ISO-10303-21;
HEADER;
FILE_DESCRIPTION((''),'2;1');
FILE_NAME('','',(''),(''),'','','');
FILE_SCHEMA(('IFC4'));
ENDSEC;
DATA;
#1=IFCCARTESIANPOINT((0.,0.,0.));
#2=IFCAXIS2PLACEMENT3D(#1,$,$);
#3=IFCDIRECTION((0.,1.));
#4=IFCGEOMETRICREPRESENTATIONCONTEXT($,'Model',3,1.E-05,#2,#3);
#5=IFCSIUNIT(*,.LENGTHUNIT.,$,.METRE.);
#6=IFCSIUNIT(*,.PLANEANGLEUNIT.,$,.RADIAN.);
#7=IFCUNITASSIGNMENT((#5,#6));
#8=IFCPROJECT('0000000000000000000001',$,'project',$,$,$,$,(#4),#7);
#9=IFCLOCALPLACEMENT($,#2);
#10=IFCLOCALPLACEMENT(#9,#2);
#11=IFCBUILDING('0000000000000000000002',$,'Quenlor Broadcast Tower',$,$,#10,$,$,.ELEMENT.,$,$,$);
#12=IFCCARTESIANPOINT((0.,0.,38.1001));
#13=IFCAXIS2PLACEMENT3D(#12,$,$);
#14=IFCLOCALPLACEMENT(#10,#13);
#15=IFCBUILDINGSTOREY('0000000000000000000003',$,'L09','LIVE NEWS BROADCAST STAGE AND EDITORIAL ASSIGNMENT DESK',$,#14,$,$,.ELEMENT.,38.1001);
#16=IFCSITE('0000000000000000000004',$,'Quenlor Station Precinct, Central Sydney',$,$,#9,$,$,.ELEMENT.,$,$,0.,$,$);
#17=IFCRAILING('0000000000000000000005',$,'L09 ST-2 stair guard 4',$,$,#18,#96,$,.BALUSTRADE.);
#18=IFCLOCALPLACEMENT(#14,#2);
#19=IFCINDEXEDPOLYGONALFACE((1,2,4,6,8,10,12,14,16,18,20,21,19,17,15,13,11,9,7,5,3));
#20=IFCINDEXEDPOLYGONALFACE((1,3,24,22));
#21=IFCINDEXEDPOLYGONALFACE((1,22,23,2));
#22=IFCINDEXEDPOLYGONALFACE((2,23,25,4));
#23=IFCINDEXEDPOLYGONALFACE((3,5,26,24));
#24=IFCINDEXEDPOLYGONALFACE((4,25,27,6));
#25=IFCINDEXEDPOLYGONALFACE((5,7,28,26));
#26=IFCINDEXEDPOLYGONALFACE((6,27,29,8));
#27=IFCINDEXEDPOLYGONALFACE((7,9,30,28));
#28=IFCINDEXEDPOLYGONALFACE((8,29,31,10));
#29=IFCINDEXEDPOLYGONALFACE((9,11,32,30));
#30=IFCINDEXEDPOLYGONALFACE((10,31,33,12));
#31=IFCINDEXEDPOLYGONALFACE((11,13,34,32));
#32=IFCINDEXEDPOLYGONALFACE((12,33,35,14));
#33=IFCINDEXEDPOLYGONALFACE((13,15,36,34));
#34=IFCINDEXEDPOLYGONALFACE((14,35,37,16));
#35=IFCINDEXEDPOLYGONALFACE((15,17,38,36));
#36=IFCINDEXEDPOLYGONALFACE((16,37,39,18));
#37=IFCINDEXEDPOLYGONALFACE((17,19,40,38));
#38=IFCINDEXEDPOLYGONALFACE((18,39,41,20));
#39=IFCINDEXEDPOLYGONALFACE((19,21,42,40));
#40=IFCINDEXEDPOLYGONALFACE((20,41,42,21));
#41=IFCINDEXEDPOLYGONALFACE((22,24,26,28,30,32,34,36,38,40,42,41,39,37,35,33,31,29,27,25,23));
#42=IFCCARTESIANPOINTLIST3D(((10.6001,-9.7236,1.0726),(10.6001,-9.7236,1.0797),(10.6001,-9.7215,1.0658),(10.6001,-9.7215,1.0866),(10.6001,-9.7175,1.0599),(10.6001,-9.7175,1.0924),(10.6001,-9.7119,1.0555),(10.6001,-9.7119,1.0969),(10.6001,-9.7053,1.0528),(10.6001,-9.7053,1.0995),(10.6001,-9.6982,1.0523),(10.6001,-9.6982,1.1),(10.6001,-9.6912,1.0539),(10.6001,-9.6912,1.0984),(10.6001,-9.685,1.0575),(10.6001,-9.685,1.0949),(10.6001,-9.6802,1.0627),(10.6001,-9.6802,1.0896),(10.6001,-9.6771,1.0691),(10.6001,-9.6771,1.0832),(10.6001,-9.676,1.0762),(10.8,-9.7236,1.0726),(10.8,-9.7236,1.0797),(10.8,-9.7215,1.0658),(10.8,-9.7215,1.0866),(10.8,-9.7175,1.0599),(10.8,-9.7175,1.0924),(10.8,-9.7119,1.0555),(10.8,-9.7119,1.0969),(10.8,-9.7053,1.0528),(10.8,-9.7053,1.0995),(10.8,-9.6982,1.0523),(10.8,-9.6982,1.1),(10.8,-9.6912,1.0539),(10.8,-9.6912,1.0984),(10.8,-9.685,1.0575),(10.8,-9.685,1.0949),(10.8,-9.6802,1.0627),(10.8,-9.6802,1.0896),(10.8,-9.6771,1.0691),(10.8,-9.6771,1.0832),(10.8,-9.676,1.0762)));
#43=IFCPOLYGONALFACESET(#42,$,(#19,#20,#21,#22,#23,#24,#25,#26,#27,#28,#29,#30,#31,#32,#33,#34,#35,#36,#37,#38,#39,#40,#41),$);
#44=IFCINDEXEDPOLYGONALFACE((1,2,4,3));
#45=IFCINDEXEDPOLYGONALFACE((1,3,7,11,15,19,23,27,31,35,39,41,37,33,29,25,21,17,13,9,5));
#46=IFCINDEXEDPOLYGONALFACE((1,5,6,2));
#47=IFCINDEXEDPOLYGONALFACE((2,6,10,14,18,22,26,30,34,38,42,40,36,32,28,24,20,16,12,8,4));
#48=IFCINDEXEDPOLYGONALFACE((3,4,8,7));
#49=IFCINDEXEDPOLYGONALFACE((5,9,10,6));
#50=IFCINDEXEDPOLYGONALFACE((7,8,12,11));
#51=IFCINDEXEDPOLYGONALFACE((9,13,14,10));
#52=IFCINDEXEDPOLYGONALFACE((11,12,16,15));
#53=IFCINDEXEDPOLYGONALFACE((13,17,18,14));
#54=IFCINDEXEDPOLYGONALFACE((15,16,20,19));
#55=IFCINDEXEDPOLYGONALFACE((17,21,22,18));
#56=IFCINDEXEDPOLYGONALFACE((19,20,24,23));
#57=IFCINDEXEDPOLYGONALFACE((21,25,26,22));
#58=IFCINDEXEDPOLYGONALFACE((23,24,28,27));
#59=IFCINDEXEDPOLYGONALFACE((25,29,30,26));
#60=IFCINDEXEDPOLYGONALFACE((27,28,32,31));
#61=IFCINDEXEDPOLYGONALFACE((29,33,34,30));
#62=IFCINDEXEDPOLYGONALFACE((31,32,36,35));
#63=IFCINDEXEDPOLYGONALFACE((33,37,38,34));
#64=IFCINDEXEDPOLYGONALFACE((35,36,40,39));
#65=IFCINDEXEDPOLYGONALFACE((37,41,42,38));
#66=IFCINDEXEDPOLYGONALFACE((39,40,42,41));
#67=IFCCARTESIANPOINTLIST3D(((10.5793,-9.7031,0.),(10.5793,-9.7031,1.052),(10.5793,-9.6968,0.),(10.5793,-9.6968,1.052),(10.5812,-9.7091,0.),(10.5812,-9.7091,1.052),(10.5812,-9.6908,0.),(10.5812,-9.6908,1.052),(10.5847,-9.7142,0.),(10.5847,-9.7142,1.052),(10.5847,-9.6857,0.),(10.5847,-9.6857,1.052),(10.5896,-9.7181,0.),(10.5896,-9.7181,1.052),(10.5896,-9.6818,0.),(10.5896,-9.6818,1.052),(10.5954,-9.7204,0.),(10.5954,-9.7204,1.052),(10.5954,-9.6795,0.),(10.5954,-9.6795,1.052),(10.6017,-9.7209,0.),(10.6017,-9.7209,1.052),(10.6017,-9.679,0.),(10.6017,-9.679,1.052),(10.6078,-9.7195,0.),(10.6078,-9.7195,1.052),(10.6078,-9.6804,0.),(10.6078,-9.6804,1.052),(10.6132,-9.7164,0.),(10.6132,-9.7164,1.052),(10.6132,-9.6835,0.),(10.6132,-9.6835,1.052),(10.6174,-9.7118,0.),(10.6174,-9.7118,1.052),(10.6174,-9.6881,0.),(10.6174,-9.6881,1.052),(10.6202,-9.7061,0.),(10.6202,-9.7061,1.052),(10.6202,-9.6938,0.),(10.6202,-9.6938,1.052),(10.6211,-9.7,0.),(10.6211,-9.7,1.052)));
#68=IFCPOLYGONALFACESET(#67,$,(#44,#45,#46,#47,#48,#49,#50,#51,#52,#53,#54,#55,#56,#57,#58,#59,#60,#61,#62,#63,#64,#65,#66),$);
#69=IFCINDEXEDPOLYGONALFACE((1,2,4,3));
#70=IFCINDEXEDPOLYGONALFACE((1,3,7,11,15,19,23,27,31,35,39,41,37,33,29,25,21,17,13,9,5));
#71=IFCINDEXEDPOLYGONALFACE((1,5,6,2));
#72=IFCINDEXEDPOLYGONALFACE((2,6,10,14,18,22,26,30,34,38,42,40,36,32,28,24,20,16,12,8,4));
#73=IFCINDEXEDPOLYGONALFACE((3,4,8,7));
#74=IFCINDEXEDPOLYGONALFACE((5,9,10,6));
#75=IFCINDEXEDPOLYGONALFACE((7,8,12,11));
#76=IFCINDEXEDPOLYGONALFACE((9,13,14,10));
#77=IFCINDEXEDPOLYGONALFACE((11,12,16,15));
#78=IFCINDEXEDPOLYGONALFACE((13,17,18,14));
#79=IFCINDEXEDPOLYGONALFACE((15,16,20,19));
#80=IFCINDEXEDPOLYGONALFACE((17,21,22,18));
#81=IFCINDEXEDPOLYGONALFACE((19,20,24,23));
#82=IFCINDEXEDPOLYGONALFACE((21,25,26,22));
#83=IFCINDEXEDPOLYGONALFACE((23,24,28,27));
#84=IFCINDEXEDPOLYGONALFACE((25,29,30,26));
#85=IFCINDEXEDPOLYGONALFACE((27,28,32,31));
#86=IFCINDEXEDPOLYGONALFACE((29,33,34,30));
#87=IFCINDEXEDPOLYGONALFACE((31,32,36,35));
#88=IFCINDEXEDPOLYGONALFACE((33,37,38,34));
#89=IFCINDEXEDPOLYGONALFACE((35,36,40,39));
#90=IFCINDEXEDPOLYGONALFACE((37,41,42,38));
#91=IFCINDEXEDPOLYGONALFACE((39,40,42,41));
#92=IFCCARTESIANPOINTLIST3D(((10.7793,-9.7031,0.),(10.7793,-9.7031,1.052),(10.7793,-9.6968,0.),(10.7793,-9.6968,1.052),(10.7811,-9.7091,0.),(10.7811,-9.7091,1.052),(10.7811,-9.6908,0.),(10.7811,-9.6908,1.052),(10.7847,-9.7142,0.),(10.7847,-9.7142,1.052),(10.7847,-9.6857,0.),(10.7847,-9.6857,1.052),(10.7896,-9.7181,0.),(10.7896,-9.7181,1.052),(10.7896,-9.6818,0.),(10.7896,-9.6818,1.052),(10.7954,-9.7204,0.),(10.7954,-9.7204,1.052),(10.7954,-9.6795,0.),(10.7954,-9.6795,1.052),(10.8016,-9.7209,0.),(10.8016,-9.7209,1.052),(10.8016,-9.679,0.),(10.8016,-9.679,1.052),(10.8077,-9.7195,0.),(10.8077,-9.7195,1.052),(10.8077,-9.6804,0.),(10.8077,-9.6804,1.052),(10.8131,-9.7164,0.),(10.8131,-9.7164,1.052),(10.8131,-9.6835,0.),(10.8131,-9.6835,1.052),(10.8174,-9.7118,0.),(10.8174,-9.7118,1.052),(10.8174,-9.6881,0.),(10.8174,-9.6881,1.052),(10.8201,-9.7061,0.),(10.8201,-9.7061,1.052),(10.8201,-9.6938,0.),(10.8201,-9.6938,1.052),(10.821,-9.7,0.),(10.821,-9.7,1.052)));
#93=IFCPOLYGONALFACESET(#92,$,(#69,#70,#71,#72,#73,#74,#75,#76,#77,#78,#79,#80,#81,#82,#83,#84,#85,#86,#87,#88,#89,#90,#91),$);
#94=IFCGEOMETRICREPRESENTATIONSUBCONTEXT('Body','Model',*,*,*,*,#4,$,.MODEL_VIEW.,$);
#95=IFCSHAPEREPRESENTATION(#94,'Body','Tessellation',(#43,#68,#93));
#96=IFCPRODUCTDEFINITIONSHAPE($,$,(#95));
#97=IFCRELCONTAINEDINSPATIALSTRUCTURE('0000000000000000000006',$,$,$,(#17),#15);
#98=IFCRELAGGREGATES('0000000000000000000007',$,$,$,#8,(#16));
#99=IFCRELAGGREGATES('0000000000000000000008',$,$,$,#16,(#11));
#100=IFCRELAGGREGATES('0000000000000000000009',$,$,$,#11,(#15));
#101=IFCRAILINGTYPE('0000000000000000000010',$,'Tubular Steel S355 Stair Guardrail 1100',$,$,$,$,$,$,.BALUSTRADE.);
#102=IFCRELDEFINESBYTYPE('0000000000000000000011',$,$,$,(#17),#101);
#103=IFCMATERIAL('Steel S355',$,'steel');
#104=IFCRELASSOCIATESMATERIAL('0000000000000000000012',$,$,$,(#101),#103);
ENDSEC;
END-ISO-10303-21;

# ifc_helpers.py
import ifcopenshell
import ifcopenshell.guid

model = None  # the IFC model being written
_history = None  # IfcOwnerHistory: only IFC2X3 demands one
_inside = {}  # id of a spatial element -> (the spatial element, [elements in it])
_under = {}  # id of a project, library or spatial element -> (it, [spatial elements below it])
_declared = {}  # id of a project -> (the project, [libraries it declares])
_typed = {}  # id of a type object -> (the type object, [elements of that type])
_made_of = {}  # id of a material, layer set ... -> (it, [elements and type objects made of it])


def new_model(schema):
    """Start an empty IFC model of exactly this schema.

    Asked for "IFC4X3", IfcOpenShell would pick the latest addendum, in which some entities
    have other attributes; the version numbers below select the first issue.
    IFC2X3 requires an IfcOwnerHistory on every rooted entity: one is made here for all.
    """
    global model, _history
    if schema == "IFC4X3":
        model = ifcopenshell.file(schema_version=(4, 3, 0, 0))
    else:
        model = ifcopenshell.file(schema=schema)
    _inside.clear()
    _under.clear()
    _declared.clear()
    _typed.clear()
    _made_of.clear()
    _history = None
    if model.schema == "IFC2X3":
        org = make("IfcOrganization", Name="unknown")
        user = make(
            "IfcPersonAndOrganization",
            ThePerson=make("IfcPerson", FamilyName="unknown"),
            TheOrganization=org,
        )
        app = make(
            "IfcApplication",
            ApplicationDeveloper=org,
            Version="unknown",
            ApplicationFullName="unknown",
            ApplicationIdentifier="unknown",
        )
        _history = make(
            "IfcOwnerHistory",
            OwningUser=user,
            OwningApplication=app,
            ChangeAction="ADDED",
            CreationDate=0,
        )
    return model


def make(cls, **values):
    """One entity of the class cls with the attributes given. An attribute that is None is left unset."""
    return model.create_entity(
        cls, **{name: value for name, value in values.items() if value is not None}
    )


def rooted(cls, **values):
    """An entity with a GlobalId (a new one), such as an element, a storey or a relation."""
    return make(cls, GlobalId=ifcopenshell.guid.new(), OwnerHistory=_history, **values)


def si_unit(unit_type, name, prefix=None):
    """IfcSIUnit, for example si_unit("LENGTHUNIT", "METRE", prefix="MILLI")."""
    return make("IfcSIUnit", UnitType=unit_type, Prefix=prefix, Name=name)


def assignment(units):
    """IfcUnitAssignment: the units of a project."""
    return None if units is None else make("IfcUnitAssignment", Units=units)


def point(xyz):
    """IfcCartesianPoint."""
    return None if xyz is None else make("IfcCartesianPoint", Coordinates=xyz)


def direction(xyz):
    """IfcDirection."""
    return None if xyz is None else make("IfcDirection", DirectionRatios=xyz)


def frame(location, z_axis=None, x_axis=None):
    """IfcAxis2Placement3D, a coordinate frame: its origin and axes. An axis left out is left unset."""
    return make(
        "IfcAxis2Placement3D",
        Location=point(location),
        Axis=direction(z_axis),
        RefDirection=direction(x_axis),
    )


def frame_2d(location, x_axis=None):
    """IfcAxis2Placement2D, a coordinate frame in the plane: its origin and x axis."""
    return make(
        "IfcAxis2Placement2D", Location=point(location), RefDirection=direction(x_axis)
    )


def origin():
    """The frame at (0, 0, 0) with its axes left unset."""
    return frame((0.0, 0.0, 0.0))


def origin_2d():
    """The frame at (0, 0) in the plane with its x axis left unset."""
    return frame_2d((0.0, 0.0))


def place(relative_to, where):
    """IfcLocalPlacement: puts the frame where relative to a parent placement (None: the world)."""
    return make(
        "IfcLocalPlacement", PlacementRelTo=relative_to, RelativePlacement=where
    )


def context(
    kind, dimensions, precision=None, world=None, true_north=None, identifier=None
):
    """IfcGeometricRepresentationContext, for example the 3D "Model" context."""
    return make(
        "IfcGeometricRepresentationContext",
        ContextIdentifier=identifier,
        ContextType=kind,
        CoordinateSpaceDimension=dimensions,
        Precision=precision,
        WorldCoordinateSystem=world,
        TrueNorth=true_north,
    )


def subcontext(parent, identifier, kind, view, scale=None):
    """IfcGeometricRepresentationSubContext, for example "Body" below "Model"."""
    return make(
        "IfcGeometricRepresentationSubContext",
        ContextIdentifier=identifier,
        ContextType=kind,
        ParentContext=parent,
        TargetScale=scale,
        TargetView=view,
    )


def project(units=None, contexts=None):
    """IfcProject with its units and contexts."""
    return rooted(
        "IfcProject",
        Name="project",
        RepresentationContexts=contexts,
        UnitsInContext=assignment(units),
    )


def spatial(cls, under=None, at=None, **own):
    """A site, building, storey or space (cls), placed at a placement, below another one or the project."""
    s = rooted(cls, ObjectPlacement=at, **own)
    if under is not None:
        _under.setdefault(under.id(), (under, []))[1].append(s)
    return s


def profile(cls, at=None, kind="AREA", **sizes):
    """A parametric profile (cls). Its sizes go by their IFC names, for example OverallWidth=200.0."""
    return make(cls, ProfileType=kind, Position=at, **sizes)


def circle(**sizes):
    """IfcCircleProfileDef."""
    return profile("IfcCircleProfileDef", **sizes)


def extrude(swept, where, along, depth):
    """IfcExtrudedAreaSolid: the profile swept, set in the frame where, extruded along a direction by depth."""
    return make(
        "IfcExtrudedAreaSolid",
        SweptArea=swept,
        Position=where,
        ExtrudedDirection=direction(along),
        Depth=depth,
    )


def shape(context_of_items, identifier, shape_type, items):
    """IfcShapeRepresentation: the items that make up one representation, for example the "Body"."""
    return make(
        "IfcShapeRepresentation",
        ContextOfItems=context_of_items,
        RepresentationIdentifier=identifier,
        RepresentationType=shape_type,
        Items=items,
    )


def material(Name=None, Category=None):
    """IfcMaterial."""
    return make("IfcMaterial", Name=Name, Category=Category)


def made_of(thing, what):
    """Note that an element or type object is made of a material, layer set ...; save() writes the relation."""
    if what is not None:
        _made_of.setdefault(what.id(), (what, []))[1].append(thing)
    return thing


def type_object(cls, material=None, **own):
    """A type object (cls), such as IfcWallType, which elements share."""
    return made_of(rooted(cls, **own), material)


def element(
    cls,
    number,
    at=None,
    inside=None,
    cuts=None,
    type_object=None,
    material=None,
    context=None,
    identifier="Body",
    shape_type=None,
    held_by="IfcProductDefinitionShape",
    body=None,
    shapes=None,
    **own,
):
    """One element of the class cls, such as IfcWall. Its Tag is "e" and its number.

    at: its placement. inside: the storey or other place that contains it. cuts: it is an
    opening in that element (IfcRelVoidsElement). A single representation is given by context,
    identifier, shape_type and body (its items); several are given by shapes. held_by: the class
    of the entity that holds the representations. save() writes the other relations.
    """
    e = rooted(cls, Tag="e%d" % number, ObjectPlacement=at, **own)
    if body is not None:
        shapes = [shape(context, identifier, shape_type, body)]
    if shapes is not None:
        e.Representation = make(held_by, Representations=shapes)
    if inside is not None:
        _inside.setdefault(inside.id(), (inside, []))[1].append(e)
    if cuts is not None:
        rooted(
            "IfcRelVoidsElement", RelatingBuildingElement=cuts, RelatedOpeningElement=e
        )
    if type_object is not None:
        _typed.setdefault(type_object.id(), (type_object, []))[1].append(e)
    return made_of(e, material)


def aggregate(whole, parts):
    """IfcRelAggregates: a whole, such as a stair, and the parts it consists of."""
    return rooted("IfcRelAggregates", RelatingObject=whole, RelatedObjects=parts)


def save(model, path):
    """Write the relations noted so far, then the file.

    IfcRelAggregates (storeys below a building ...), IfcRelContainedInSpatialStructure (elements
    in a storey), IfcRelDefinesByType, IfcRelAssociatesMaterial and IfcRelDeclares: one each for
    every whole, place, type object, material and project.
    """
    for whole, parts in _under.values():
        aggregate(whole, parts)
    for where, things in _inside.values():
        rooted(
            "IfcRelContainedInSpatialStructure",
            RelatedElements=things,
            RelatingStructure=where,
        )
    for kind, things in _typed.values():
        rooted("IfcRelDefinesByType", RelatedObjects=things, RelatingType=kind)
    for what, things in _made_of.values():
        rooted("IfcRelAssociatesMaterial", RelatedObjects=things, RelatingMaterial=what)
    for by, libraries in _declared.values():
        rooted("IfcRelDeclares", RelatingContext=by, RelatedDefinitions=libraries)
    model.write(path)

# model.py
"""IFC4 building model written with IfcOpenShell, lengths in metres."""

from ifc_helpers import new_model, si_unit, direction, frame, origin, origin_2d, place, context, subcontext, project, spatial, circle, extrude, material, type_object, element, save


model = new_model("IFC4")

# Units and contexts
model_context = context("Model", 3, precision=1e-05, world=origin(), true_north=direction((0.0, 1.0)))
body_context = subcontext(model_context, "Body", "Model", "MODEL_VIEW")
ifc_project = project(units=[si_unit("LENGTHUNIT", "METRE"), si_unit("PLANEANGLEUNIT", "RADIAN")], contexts=[model_context])

# Site, building, storey
site_placement = place(None, origin())
site = spatial("IfcSite", under=ifc_project, at=site_placement, Name="Quenlor Station Precinct, Central Sydney", CompositionType="ELEMENT", RefElevation=0.0)
building_placement = place(site_placement, origin())
building = spatial("IfcBuilding", under=site, at=building_placement, Name="Quenlor Broadcast Tower", CompositionType="ELEMENT")
storey_placement = place(building_placement, frame((0.0, 0.0, 38.1001)))
storey = spatial("IfcBuildingStorey", under=building, at=storey_placement, Name="L09", Description="LIVE NEWS BROADCAST STAGE AND EDITORIAL ASSIGNMENT DESK", CompositionType="ELEMENT", Elevation=38.1001)

# Railing
ifc_material_1 = material(Name="Steel S355", Category="steel")
railing_type_1 = type_object("IfcRailingType", Name="Tubular Steel S355 Stair Guardrail 1100", PredefinedType="BALUSTRADE", material=ifc_material_1)
railing_1_placement = place(storey_placement, frame((10.6001, -9.7, 0.0)))
element("IfcRailing", 1, at=railing_1_placement, inside=storey, type_object=railing_type_1, Name="L09 ST-2 stair guard 4", PredefinedType="BALUSTRADE", context=body_context, shape_type="SweptSolid", body=[
    extrude(circle(Radius=0.0239, at=origin_2d()), frame((0.0, 0.0, 1.0762), z_axis=(1.0, 0.0, 0.0), x_axis=(0.0, 1.0, 0.0)), (0.0, 0.0, 1.0), 0.2),
    extrude(circle(Radius=0.021, at=origin_2d()), origin(), (0.0, 0.0, 1.0), 1.052),
    extrude(circle(Radius=0.021, at=origin_2d()), frame((0.2, 0.0, 0.0)), (0.0, 0.0, 1.0), 1.052),
])

save(model, "model.ifc")
